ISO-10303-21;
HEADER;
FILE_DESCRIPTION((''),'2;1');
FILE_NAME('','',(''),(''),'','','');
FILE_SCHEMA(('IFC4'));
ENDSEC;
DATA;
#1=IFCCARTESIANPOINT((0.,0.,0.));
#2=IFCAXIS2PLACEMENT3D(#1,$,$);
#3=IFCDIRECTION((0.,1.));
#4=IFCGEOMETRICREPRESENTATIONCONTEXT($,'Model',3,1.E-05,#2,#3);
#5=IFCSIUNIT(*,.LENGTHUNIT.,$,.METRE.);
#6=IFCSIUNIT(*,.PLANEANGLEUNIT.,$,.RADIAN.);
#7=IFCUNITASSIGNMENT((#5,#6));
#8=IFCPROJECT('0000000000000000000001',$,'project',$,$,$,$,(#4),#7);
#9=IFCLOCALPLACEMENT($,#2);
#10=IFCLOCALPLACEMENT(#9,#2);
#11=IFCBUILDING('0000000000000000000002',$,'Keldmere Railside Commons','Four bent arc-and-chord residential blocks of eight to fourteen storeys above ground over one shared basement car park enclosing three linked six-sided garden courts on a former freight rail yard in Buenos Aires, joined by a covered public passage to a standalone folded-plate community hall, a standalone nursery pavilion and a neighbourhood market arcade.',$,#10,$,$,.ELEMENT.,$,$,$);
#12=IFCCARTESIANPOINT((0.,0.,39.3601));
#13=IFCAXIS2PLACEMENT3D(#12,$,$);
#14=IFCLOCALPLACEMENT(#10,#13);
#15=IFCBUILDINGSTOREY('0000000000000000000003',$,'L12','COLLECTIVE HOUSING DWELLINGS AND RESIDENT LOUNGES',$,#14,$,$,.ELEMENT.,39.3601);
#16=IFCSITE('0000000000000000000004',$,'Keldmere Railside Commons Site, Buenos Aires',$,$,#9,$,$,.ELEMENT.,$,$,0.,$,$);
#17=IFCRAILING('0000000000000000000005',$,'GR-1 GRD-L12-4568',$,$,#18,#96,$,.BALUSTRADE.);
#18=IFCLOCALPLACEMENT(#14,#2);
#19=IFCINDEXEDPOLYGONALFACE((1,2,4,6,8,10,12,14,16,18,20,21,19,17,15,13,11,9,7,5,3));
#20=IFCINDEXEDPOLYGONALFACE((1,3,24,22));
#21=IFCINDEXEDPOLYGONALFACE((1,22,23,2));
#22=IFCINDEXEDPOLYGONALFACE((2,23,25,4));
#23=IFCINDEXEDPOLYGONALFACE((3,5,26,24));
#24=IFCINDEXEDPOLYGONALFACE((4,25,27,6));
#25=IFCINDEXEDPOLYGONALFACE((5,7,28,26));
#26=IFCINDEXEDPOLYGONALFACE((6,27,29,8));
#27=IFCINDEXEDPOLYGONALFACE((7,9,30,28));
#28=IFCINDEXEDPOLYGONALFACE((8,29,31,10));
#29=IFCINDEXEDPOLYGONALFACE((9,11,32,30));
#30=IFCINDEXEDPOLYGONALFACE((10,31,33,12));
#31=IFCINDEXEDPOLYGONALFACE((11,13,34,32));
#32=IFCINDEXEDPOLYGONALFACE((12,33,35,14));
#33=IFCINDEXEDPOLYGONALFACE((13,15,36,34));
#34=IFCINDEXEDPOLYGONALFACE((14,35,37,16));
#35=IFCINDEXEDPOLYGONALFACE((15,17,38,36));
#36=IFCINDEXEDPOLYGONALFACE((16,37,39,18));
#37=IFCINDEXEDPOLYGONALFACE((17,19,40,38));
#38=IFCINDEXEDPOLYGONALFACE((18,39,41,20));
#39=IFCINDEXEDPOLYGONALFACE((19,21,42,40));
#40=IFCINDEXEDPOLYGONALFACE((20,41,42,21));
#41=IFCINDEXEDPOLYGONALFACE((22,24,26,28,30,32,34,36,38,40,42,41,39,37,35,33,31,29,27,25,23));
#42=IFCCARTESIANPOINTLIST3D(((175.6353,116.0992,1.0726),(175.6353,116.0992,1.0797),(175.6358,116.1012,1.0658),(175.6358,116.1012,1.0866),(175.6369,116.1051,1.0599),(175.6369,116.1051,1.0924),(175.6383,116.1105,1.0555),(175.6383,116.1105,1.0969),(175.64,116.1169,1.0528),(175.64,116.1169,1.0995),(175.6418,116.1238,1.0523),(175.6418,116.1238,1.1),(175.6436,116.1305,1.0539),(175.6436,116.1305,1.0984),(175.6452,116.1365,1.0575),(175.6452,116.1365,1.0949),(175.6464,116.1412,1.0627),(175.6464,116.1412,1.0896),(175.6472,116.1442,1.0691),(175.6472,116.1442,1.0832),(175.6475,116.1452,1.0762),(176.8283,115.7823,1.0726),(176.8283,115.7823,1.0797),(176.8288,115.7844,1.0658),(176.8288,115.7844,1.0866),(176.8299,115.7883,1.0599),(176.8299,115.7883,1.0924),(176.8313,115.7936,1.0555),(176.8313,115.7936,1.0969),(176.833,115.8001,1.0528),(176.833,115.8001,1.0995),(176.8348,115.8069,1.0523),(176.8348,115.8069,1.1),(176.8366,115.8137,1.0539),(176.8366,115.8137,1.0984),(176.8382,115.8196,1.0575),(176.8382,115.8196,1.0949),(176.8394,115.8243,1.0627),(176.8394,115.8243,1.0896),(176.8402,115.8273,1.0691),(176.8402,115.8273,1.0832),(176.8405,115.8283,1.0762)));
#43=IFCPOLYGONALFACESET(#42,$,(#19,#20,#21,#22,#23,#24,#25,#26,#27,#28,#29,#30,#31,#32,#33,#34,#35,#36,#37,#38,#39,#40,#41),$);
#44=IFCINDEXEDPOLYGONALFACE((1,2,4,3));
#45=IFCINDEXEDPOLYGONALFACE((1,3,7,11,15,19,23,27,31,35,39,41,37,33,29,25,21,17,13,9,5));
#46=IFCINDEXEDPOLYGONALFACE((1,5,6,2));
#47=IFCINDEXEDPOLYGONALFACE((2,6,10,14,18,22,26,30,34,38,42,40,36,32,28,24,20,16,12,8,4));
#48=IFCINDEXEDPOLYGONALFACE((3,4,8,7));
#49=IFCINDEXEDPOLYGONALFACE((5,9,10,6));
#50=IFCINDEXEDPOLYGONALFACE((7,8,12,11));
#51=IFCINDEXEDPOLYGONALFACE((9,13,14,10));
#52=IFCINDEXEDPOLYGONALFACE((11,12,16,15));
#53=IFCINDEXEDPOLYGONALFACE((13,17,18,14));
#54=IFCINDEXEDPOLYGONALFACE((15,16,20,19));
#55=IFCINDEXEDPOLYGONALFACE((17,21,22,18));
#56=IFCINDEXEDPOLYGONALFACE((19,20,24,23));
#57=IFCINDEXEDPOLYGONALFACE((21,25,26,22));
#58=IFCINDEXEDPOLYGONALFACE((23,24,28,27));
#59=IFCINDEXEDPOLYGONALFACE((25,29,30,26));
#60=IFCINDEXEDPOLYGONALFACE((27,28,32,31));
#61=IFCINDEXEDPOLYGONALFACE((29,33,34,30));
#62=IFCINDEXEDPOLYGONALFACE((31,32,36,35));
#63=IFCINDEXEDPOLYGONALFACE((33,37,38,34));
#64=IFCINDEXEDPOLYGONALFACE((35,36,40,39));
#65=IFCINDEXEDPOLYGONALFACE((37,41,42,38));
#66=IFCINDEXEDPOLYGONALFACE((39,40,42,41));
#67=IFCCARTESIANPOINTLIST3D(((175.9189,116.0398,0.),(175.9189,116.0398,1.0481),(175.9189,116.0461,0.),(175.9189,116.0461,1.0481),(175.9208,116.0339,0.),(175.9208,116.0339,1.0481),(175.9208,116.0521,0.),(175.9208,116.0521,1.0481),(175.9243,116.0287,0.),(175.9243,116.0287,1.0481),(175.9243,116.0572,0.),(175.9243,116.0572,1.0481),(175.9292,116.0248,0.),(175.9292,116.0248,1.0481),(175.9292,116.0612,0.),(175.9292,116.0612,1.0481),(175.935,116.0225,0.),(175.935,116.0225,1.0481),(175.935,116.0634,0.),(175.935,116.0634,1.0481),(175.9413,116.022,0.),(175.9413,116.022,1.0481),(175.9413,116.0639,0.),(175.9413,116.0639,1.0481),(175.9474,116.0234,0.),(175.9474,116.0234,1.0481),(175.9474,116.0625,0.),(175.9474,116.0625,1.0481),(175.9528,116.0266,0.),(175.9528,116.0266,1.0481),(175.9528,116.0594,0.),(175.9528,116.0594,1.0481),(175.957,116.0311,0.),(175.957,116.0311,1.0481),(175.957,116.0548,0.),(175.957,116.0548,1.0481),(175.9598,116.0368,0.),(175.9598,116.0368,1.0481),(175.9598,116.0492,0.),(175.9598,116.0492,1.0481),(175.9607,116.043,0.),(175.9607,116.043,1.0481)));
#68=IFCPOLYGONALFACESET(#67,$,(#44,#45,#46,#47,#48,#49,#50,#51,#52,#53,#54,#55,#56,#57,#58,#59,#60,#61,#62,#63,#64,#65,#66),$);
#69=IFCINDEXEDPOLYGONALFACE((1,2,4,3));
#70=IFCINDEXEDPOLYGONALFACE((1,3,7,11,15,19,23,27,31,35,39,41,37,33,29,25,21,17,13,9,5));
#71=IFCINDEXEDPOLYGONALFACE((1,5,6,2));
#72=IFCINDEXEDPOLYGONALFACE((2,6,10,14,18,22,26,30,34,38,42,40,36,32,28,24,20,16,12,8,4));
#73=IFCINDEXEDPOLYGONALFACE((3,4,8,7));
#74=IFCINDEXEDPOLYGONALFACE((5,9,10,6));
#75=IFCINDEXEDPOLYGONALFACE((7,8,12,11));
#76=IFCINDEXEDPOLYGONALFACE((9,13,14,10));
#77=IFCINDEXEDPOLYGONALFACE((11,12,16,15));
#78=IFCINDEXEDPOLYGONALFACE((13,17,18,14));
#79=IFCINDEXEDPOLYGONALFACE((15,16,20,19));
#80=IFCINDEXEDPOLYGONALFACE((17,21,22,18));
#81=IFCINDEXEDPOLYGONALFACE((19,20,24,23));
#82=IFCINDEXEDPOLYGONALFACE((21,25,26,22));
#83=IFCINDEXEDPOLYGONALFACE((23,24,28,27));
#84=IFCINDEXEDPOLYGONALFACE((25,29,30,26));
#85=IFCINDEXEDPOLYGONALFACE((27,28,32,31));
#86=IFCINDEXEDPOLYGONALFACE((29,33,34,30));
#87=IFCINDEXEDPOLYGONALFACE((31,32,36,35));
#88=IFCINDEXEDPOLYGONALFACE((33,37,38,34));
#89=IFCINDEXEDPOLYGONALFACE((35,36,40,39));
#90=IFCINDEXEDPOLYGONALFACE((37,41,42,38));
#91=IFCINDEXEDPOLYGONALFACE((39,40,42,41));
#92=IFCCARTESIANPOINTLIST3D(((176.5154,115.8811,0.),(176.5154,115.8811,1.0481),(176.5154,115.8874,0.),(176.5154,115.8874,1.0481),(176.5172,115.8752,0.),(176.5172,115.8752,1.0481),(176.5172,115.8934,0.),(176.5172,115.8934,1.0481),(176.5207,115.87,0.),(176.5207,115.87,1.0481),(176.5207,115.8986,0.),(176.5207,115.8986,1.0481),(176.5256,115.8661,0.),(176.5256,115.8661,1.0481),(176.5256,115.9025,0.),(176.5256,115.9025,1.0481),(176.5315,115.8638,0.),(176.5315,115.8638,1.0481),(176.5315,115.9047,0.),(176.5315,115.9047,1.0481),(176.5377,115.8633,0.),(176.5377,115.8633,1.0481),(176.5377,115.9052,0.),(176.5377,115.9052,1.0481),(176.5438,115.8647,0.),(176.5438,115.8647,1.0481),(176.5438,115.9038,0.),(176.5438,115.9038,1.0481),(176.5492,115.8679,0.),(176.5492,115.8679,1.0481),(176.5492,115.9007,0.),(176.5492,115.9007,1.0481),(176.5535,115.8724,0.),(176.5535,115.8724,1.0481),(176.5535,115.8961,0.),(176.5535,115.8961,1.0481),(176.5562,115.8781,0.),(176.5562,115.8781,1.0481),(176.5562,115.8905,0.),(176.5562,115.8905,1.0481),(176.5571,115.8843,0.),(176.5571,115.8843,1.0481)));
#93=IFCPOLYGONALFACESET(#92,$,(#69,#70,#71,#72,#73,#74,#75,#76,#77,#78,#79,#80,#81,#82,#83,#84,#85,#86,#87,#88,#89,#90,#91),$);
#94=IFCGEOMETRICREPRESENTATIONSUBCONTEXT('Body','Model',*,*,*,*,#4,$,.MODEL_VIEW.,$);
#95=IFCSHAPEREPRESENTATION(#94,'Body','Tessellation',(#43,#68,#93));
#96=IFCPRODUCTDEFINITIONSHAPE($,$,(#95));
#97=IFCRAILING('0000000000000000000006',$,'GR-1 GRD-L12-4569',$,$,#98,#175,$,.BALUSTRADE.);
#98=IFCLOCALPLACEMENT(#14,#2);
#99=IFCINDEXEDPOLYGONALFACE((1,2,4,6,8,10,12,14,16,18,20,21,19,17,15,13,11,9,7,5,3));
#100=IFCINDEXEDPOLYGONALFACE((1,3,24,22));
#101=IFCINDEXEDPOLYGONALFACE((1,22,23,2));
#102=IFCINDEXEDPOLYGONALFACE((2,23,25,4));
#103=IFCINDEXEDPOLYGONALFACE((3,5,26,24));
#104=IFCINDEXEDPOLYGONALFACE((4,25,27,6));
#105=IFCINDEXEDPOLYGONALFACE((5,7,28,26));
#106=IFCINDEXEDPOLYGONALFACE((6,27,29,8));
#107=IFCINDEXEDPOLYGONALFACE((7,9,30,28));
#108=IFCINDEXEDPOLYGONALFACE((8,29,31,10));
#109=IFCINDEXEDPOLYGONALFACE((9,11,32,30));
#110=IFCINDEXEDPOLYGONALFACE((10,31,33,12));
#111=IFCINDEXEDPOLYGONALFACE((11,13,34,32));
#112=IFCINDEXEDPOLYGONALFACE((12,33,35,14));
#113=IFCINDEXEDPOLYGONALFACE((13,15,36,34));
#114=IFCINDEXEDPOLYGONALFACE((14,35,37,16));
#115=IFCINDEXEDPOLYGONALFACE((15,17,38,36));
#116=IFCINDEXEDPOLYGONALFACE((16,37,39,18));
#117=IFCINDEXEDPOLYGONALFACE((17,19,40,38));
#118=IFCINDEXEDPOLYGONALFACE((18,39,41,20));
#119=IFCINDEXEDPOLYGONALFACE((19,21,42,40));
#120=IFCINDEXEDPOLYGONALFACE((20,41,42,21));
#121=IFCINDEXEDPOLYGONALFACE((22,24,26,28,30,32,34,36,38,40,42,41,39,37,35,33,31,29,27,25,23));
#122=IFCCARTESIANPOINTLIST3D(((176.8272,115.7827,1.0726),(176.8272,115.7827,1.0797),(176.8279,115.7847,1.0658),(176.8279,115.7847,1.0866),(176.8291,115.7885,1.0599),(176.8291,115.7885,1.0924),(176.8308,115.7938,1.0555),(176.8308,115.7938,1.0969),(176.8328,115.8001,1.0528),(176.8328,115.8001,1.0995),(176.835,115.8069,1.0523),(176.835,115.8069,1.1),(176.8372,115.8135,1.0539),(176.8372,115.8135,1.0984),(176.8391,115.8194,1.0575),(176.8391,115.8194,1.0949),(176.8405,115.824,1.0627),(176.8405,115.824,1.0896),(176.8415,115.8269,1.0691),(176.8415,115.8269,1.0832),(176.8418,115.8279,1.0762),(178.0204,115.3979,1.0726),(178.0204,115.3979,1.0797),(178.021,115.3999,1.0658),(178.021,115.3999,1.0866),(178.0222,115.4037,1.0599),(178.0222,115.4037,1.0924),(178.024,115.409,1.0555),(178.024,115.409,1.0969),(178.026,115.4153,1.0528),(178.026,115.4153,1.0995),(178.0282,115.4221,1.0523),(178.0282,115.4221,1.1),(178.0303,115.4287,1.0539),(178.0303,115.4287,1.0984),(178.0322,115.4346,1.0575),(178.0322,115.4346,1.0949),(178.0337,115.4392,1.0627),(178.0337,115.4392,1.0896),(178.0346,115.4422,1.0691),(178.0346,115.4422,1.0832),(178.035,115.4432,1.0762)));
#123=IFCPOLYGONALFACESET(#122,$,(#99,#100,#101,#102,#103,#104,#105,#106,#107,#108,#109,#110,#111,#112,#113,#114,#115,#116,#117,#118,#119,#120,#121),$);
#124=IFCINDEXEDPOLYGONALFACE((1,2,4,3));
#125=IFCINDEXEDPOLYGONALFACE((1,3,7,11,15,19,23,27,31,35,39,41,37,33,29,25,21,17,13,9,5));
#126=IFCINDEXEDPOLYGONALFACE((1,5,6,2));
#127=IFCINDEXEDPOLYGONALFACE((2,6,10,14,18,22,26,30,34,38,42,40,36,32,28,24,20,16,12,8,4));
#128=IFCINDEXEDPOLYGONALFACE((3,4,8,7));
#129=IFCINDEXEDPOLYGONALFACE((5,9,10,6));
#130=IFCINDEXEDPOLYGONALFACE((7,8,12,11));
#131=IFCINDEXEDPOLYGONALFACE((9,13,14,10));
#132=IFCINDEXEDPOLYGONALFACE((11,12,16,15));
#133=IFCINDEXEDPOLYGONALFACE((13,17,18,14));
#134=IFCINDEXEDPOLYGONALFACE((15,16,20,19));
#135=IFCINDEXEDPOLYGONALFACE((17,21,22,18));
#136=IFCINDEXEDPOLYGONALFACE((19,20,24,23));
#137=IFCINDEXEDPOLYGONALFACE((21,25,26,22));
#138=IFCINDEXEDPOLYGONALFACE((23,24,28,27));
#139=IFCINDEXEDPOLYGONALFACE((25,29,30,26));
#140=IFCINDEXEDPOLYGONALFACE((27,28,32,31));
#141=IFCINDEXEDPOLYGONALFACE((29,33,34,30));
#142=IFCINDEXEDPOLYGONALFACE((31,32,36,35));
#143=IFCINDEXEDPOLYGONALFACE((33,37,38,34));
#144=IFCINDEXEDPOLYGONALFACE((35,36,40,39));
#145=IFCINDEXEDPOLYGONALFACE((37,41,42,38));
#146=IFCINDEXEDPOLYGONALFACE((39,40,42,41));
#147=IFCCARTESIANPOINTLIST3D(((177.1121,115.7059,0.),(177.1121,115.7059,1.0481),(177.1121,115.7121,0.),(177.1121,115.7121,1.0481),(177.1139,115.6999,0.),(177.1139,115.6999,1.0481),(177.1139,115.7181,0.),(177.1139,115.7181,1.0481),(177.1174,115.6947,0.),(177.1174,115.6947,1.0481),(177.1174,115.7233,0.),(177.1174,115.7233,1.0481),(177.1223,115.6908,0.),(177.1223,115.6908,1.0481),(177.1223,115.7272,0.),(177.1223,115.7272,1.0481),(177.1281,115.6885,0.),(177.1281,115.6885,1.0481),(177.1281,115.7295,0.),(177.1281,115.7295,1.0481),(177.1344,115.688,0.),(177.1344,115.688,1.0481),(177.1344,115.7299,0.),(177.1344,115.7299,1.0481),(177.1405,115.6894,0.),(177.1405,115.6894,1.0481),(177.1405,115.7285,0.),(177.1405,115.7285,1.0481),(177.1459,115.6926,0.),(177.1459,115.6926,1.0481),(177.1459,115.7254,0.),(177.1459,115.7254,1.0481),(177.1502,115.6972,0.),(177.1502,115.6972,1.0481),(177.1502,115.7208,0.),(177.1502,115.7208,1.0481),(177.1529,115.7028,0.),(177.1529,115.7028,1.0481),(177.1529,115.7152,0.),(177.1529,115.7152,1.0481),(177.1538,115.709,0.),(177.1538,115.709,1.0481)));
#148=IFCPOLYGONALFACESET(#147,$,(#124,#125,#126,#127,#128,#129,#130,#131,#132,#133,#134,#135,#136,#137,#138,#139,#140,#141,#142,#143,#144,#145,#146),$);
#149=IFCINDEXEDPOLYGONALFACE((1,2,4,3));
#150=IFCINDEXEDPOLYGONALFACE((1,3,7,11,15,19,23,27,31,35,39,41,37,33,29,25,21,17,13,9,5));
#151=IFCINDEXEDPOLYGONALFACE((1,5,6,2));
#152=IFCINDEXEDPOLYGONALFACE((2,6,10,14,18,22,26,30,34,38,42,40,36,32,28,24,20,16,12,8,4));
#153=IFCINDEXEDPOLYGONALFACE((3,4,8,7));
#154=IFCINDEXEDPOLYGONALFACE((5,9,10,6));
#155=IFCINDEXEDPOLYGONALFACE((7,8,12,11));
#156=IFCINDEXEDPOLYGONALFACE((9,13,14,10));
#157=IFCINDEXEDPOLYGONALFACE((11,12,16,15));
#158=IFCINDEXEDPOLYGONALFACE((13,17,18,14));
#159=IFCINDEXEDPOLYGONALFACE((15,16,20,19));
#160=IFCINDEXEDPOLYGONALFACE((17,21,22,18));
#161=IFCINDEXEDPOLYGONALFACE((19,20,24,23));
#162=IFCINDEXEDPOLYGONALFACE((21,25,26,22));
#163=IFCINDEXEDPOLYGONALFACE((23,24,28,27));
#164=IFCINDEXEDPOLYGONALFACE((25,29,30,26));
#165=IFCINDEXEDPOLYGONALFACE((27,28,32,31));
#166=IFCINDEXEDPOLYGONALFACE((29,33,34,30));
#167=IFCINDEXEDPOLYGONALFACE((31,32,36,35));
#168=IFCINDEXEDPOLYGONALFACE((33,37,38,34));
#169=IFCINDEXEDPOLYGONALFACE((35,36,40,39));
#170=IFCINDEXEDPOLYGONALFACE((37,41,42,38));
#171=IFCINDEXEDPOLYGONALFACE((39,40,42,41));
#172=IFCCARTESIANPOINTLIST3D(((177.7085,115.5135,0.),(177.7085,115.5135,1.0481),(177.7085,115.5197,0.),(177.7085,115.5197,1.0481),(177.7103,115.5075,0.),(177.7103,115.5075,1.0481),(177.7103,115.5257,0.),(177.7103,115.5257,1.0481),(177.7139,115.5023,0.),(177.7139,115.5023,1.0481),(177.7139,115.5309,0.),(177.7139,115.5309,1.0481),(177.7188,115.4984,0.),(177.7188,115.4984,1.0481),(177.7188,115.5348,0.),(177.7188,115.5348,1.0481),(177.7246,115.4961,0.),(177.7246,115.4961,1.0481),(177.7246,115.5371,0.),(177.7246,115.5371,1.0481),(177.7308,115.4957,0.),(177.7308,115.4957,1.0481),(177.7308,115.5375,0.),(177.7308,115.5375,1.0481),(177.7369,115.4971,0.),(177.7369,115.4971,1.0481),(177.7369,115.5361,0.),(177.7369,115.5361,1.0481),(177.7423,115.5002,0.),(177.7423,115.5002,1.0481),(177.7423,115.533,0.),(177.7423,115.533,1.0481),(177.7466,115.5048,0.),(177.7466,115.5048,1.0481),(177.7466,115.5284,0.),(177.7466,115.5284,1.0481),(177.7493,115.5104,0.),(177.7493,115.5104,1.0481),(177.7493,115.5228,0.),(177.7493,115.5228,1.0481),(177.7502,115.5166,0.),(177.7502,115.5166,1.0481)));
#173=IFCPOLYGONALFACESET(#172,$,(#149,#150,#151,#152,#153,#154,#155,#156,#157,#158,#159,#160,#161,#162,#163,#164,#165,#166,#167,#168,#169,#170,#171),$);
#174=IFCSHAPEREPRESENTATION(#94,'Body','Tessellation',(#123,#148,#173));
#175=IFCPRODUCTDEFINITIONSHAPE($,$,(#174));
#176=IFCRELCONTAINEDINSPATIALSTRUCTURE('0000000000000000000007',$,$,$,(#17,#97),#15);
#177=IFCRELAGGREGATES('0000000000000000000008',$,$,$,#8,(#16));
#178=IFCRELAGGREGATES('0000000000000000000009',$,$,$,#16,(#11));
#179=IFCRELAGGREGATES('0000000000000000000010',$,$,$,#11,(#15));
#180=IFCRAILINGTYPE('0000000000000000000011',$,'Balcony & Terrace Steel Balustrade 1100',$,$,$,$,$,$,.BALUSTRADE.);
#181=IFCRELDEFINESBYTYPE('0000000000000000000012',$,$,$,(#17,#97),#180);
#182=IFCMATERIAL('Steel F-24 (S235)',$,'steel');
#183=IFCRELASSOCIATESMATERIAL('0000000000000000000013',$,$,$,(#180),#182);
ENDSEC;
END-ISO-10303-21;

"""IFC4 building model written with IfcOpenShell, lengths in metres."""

from ifc_helpers import new_model, si_unit, direction, frame, origin, origin_2d, place, context, subcontext, project, spatial, circle, extrude, material, type_object, element, save


model = new_model("IFC4")

# Units and contexts
model_context = context("Model", 3, precision=1e-05, world=origin(), true_north=direction((0.0, 1.0)))
body_context = subcontext(model_context, "Body", "Model", "MODEL_VIEW")
ifc_project = project(units=[si_unit("LENGTHUNIT", "METRE"), si_unit("PLANEANGLEUNIT", "RADIAN")], contexts=[model_context])

# Site, building, storey
site_placement = place(None, origin())
site = spatial("IfcSite", under=ifc_project, at=site_placement, Name="Keldmere Railside Commons Site, Buenos Aires", CompositionType="ELEMENT", RefElevation=0.0)
building_placement = place(site_placement, origin())
building = spatial("IfcBuilding", under=site, at=building_placement, Name="Keldmere Railside Commons", Description="Four bent arc-and-chord residential blocks of eight to fourteen storeys above ground over one shared basement car park enclosing three linked six-sided garden courts on a former freight rail yard in Buenos Aires, joined by a covered public passage to a standalone folded-plate community hall, a standalone nursery pavilion and a neighbourhood market arcade.", CompositionType="ELEMENT")
storey_placement = place(building_placement, frame((0.0, 0.0, 39.3601)))
storey = spatial("IfcBuildingStorey", under=building, at=storey_placement, Name="L12", Description="COLLECTIVE HOUSING DWELLINGS AND RESIDENT LOUNGES", CompositionType="ELEMENT", Elevation=39.3601)

# Railings
ifc_material_1 = material(Name="Steel F-24 (S235)", Category="steel")
railing_type = type_object("IfcRailingType", Name="Balcony & Terrace Steel Balustrade 1100", PredefinedType="BALUSTRADE", material=ifc_material_1)
railing_1_placement = place(storey_placement, frame((175.6414, 116.1221, 0.0)))
element("IfcRailing", 1, at=railing_1_placement, inside=storey, type_object=railing_type, Name="GR-1 GRD-L12-4568", PredefinedType="BALUSTRADE", context=body_context, shape_type="SweptSolid", body=[
    extrude(circle(Radius=0.0239, at=origin_2d()), frame((0.0, 0.0, 1.0762), z_axis=(0.96649, -0.256702, 0.0), x_axis=(0.256702, 0.96649, 0.0)), (0.0, 0.0, 1.0), 1.2344),
    extrude(circle(Radius=0.021, at=origin_2d()), frame((0.2983, -0.0791, 0.0)), (0.0, 0.0, 1.0), 1.0481),
    extrude(circle(Radius=0.021, at=origin_2d()), frame((0.8948, -0.2378, 0.0)), (0.0, 0.0, 1.0), 1.0481),
])
railing_2_placement = place(storey_placement, frame((176.8345, 115.8052, 0.0)))
element("IfcRailing", 2, at=railing_2_placement, inside=storey, type_object=railing_type, Name="GR-1 GRD-L12-4569", PredefinedType="BALUSTRADE", context=body_context, shape_type="SweptSolid", body=[
    extrude(circle(Radius=0.0239, at=origin_2d()), frame((0.0, 0.0, 1.0762), z_axis=(0.951734, -0.306923, 0.0), x_axis=(0.306923, 0.951734, 0.0)), (0.0, 0.0, 1.0), 1.2537),
    extrude(circle(Radius=0.021, at=origin_2d()), frame((0.2983, -0.0962, 0.0)), (0.0, 0.0, 1.0), 1.0481),
    extrude(circle(Radius=0.021, at=origin_2d()), frame((0.8948, -0.2886, 0.0)), (0.0, 0.0, 1.0), 1.0481),
])

save(model, "model.ifc")
